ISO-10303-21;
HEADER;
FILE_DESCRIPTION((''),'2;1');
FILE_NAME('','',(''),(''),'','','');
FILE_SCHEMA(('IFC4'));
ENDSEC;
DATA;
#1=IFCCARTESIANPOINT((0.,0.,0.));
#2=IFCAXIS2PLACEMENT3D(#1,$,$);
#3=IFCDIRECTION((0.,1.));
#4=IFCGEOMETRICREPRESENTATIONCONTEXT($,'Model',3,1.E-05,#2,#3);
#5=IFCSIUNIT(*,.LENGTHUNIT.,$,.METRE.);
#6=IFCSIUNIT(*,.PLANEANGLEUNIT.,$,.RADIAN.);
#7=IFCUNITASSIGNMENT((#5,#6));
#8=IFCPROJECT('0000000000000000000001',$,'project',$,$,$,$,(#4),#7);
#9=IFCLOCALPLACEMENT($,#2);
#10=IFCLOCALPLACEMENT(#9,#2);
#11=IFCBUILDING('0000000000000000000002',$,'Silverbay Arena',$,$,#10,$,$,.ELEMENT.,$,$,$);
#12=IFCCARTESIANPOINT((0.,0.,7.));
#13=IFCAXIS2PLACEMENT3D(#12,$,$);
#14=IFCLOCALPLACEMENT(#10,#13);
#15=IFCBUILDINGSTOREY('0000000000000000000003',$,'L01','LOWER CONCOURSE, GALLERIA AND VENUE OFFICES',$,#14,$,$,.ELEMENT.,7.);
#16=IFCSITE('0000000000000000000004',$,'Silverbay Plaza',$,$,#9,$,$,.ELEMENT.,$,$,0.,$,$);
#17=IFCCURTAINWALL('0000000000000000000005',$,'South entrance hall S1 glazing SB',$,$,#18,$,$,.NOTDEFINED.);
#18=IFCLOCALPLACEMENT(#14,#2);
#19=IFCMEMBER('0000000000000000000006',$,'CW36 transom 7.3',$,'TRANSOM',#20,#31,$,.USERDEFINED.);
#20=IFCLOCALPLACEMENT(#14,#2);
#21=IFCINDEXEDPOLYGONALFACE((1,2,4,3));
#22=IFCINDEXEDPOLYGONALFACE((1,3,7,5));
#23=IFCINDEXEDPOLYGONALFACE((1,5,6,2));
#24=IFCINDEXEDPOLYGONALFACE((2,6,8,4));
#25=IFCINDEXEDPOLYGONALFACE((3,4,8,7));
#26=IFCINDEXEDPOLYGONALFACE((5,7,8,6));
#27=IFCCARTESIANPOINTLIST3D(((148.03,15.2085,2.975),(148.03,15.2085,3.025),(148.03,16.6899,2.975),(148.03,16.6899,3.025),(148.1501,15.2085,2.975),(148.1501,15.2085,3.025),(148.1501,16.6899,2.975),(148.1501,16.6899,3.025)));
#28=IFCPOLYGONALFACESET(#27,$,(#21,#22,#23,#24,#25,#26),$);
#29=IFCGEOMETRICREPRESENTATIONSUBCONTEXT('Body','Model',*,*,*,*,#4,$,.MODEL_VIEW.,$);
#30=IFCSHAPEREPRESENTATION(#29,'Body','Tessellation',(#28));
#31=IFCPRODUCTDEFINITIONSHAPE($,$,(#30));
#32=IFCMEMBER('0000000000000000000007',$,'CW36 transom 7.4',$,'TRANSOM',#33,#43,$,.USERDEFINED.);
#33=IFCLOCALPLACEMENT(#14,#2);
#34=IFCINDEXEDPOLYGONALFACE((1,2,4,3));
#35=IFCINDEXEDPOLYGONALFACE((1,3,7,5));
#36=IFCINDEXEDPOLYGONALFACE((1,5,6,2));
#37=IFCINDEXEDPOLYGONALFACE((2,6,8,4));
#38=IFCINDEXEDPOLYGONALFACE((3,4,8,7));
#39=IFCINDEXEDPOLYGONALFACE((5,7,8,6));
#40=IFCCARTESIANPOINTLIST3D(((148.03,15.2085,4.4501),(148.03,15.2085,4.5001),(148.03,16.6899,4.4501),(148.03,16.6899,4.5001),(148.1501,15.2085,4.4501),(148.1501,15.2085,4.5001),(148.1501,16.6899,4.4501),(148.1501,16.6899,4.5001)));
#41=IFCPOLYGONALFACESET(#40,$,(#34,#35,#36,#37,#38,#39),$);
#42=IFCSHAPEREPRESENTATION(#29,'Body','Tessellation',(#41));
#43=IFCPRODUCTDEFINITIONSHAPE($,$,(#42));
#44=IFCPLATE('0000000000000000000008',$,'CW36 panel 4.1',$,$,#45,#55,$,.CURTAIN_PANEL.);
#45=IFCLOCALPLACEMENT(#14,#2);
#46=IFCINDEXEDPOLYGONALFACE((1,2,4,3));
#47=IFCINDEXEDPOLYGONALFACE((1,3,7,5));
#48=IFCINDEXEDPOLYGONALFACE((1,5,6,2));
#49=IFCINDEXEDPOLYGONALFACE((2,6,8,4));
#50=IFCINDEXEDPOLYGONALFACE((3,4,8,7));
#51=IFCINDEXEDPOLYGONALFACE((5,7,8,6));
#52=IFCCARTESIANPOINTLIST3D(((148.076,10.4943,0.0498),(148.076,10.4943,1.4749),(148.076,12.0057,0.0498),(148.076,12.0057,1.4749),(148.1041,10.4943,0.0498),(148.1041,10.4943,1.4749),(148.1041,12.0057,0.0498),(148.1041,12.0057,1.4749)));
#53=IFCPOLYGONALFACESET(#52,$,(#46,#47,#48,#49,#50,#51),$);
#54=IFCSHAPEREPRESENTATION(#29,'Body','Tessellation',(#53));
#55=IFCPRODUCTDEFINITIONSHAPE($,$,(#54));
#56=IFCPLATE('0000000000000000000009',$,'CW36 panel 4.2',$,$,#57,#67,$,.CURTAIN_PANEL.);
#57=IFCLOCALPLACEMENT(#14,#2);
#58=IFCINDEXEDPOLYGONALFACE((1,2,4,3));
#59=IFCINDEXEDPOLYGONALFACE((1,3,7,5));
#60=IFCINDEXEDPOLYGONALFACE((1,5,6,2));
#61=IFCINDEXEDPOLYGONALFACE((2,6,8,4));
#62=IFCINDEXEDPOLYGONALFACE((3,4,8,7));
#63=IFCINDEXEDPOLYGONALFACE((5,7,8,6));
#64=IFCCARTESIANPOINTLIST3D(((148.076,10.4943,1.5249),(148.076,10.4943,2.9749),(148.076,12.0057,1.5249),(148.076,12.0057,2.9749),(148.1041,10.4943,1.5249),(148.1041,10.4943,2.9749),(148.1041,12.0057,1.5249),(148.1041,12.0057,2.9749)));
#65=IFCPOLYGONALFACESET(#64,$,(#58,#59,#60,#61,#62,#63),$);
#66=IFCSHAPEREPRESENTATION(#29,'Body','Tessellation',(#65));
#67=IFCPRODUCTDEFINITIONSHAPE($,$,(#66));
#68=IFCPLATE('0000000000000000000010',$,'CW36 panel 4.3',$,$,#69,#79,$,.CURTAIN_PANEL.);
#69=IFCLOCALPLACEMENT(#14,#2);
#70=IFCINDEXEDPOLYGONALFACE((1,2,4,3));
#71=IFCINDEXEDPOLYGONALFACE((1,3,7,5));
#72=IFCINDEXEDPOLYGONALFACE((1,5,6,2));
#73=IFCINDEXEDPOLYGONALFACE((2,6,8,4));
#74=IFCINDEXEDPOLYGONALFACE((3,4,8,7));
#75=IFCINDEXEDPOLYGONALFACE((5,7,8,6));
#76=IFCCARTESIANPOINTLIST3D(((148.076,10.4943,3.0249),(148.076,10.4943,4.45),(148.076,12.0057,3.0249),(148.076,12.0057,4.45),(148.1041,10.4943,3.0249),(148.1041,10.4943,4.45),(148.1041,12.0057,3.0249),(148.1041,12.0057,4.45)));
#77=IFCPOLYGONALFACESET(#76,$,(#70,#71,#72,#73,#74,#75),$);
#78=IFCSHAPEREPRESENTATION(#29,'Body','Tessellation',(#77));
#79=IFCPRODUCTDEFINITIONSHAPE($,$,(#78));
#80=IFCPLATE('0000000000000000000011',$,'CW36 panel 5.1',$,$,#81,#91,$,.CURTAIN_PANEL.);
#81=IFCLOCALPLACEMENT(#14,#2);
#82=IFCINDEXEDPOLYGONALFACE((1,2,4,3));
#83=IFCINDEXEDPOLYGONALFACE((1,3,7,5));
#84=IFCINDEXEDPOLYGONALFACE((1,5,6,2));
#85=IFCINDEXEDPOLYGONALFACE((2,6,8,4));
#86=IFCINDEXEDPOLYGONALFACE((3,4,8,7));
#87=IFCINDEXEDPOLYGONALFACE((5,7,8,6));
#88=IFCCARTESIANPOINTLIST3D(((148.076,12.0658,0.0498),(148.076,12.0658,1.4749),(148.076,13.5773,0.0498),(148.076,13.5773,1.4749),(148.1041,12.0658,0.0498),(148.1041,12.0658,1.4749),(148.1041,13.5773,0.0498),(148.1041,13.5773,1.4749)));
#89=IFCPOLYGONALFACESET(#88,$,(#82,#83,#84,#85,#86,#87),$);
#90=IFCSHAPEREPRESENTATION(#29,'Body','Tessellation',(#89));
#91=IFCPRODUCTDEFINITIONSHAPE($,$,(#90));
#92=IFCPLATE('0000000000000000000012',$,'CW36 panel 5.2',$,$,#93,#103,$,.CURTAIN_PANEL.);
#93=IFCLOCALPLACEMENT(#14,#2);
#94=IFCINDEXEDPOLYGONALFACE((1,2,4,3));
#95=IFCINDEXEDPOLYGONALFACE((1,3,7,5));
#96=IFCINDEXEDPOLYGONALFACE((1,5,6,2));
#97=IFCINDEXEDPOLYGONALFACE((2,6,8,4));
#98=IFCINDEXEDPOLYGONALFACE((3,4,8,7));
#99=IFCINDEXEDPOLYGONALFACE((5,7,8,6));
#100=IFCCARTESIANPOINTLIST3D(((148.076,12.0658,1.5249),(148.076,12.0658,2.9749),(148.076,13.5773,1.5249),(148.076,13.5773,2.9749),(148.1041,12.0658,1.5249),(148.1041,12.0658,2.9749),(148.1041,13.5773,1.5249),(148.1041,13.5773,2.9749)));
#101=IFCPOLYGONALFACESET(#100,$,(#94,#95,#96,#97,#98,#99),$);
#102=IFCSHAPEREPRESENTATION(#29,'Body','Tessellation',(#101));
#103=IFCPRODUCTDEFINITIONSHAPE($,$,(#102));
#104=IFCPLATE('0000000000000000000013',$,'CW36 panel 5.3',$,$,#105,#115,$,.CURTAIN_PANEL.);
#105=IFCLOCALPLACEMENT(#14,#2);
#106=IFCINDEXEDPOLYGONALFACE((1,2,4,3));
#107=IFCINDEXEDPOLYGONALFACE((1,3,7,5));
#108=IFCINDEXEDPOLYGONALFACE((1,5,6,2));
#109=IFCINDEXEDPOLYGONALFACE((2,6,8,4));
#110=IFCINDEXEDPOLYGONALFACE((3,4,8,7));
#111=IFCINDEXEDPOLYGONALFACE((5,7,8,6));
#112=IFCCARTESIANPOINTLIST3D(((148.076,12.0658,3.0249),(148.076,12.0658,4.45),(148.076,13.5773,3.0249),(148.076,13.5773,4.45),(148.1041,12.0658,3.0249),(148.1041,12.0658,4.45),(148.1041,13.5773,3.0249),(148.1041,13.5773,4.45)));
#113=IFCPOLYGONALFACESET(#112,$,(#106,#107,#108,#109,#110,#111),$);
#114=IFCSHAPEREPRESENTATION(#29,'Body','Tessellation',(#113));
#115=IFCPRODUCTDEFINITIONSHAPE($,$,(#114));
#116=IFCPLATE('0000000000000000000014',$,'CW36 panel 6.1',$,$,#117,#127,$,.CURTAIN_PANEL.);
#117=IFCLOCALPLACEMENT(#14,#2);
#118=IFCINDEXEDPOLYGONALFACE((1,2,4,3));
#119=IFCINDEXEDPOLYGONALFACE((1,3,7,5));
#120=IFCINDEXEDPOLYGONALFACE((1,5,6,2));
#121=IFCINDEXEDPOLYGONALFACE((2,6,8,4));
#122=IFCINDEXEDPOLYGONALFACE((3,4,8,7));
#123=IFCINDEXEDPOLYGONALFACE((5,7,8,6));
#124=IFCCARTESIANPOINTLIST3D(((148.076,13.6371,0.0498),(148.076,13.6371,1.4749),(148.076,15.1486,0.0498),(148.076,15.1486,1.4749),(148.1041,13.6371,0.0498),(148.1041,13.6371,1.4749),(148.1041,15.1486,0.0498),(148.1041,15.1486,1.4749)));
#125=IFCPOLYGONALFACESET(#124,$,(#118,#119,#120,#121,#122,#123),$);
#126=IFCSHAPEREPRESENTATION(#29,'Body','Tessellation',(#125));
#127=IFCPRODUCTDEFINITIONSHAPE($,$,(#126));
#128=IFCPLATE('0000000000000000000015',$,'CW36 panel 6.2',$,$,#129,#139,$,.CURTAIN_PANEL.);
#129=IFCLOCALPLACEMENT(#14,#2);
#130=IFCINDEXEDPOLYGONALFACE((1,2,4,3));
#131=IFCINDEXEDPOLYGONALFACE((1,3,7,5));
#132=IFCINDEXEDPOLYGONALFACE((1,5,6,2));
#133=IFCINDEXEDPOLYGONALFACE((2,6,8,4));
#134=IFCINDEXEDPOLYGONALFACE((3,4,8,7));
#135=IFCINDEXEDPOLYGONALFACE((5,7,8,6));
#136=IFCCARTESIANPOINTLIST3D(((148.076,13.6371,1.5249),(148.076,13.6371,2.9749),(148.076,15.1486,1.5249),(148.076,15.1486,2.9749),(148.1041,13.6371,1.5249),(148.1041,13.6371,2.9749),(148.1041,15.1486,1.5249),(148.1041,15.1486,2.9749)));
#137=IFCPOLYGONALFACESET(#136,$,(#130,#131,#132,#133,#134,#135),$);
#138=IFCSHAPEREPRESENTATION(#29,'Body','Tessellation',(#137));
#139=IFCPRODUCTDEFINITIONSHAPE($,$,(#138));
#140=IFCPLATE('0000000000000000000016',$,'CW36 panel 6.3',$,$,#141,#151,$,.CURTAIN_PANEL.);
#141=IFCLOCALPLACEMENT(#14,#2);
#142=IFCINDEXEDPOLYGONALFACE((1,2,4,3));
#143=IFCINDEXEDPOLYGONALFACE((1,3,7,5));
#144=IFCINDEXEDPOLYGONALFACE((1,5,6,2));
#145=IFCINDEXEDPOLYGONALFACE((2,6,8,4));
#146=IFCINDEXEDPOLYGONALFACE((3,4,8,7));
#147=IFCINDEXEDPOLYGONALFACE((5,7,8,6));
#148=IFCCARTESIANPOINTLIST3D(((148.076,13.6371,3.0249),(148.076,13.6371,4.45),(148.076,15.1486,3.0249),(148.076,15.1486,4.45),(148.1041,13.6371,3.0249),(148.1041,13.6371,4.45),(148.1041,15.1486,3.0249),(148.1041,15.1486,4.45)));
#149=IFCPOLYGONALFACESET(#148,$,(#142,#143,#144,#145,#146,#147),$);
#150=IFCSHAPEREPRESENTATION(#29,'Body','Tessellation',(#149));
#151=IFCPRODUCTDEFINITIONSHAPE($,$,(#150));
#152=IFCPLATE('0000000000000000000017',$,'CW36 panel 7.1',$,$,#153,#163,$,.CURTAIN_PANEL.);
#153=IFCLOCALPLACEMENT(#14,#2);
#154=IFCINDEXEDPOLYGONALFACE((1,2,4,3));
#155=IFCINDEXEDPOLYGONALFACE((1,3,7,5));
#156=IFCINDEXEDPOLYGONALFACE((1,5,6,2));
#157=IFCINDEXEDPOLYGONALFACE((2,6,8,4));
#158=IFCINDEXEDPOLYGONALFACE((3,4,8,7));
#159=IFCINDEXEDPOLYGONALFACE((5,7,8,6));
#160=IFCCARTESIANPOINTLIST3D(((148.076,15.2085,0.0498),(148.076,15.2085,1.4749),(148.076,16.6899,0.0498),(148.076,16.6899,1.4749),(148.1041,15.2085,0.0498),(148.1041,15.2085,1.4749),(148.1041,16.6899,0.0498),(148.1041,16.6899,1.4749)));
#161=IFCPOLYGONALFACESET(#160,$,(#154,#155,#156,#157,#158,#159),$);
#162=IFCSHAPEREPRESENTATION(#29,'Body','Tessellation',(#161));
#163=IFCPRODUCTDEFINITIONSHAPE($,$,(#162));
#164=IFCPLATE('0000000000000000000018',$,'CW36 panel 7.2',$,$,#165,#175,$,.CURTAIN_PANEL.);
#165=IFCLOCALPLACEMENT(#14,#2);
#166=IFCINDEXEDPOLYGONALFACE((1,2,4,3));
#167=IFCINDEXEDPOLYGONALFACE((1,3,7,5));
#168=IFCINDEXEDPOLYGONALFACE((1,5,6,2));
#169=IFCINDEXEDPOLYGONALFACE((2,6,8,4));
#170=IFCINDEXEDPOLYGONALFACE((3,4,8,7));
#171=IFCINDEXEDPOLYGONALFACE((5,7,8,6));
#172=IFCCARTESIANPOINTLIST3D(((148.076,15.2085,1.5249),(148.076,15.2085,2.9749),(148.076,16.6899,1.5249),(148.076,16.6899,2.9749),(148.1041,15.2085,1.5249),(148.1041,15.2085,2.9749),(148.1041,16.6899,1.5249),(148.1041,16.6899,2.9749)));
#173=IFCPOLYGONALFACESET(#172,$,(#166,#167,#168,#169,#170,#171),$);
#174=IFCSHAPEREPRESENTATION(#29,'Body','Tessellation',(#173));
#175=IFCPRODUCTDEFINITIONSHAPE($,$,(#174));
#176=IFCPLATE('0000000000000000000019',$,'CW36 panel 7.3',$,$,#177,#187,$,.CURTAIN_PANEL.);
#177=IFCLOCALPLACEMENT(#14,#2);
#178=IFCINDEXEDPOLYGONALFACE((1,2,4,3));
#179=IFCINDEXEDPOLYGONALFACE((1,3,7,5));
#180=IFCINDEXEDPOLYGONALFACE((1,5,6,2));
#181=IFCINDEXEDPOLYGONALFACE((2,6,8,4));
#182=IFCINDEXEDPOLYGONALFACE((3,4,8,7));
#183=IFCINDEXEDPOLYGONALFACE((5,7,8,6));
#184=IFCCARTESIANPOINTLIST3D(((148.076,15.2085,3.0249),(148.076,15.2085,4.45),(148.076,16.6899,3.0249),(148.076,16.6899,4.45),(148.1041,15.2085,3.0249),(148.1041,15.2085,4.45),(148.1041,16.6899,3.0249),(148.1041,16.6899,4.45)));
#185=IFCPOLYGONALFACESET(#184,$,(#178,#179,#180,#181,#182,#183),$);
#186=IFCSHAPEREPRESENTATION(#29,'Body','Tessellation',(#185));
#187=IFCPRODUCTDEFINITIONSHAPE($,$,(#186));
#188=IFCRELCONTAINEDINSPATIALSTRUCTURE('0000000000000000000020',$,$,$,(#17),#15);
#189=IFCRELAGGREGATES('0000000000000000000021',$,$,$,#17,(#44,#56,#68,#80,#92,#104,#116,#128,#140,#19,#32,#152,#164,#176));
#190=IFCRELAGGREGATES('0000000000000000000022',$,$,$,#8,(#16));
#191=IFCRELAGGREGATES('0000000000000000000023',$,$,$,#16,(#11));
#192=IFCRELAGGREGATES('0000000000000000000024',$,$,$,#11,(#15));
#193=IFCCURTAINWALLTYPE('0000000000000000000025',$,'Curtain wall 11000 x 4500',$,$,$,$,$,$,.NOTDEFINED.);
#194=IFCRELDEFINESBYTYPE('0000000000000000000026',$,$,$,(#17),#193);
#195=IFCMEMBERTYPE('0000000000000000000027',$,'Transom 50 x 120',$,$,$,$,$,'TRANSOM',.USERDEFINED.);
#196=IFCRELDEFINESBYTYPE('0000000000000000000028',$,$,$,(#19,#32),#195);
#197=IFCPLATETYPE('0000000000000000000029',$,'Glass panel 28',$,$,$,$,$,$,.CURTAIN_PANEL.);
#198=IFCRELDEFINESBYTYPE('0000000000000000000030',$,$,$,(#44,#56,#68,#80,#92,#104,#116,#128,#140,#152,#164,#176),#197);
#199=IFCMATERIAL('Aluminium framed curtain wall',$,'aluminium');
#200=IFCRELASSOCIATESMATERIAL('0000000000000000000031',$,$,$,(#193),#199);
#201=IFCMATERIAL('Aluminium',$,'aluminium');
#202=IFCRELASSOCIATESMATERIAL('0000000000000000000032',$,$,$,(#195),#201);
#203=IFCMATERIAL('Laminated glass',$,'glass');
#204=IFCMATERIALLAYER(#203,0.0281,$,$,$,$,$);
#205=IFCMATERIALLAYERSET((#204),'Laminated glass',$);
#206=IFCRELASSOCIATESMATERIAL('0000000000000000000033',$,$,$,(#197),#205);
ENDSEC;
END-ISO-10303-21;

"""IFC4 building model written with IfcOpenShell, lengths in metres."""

from ifc_helpers import new_model, si_unit, direction, frame, origin, origin_2d, place, context, subcontext, project, spatial, rectangle, extrude, material, layer, layer_set, material_profile, profile_set, type_object, element, aggregate, save


model = new_model("IFC4")

# Units and contexts
model_context = context("Model", 3, precision=1e-05, world=origin(), true_north=direction((0.0, 1.0)))
body_context = subcontext(model_context, "Body", "Model", "MODEL_VIEW")
ifc_project = project(units=[si_unit("LENGTHUNIT", "METRE"), si_unit("PLANEANGLEUNIT", "RADIAN")], contexts=[model_context])

# Site, building, storey
site_placement = place(None, origin())
site = spatial("IfcSite", under=ifc_project, at=site_placement, Name="Silverbay Plaza", CompositionType="ELEMENT", RefElevation=0.0)
building_placement = place(site_placement, origin())
building = spatial("IfcBuilding", under=site, at=building_placement, Name="Silverbay Arena", CompositionType="ELEMENT")
storey_placement = place(building_placement, frame((0.0, 0.0, 7.0)))
storey = spatial("IfcBuildingStorey", under=building, at=storey_placement, Name="L01", Description="LOWER CONCOURSE, GALLERIA AND VENUE OFFICES", CompositionType="ELEMENT", Elevation=7.0)

# Curtain wall, members, plates
ifc_material_1 = material(Name="Aluminium framed curtain wall", Category="aluminium")
curtain_wall_type_1 = type_object("IfcCurtainWallType", Name="Curtain wall 11000 x 4500", PredefinedType="NOTDEFINED", material=ifc_material_1)
curtain_wall_1_placement = place(storey_placement, origin())
curtain_wall_1 = element("IfcCurtainWall", 1, at=curtain_wall_1_placement, inside=storey, type_object=curtain_wall_type_1, Name="South entrance hall S1 glazing SB", PredefinedType="NOTDEFINED")
ifc_material_2 = material(Name="Aluminium", Category="aluminium")
ifc_material_profile_1 = material_profile(ifc_material_2, rectangle(XDim=0.1201, YDim=0.05, at=origin_2d()), Name="Transom 50 x 120")
ifc_profile_set_1 = profile_set([ifc_material_profile_1], Name="Aluminium")
member_type_1 = type_object("IfcMemberType", Name="Transom 50 x 120", ElementType="TRANSOM", PredefinedType="USERDEFINED", material=ifc_profile_set_1)
member_1_placement = place(storey_placement, frame((148.0901, 15.2085, 3.0), z_axis=(0.0, 1.0, 0.0), x_axis=(-1.0, 0.0, 0.0)))
member_1 = element("IfcMember", 2, at=member_1_placement, type_object=member_type_1, Name="CW36 transom 7.3", ObjectType="TRANSOM", PredefinedType="USERDEFINED", context=body_context, shape_type="SweptSolid", body=[
    extrude(rectangle(XDim=0.1201, YDim=0.05, at=origin_2d()), origin(), (0.0, 0.0, 1.0), 1.4814),
])
member_2_placement = place(storey_placement, frame((148.0901, 15.2085, 4.4751), z_axis=(0.0, 1.0, 0.0), x_axis=(-1.0, 0.0, 0.0)))
member_2 = element("IfcMember", 3, at=member_2_placement, type_object=member_type_1, Name="CW36 transom 7.4", ObjectType="TRANSOM", PredefinedType="USERDEFINED", context=body_context, shape_type="SweptSolid", body=[
    extrude(rectangle(XDim=0.1201, YDim=0.05, at=origin_2d()), origin(), (0.0, 0.0, 1.0), 1.4814),
])
ifc_material_3 = material(Name="Laminated glass", Category="glass")
ifc_layer = layer(ifc_material_3, 0.0281)
ifc_layer_set = layer_set([ifc_layer], Name="Laminated glass")
plate_type = type_object("IfcPlateType", Name="Glass panel 28", PredefinedType="CURTAIN_PANEL", material=ifc_layer_set)
plate_1_placement = place(storey_placement, frame((148.0901, 11.25, 0.0498), z_axis=(0.0, 0.0, 1.0), x_axis=(0.0, 1.0, 0.0)))
plate_1 = element("IfcPlate", 4, at=plate_1_placement, type_object=plate_type, Name="CW36 panel 4.1", PredefinedType="CURTAIN_PANEL", context=body_context, shape_type="SweptSolid", body=[
    extrude(rectangle(XDim=1.5115, YDim=0.0281, at=origin_2d()), origin(), (0.0, 0.0, 1.0), 1.425),
])
plate_2_placement = place(storey_placement, frame((148.0901, 11.25, 1.5249), z_axis=(0.0, 0.0, 1.0), x_axis=(0.0, 1.0, 0.0)))
plate_2 = element("IfcPlate", 5, at=plate_2_placement, type_object=plate_type, Name="CW36 panel 4.2", PredefinedType="CURTAIN_PANEL", context=body_context, shape_type="SweptSolid", body=[
    extrude(rectangle(XDim=1.5115, YDim=0.0281, at=origin_2d()), origin(), (0.0, 0.0, 1.0), 1.45),
])
plate_3_placement = place(storey_placement, frame((148.0901, 11.25, 3.0249), z_axis=(0.0, 0.0, 1.0), x_axis=(0.0, 1.0, 0.0)))
plate_3 = element("IfcPlate", 6, at=plate_3_placement, type_object=plate_type, Name="CW36 panel 4.3", PredefinedType="CURTAIN_PANEL", context=body_context, shape_type="SweptSolid", body=[
    extrude(rectangle(XDim=1.5115, YDim=0.0281, at=origin_2d()), origin(), (0.0, 0.0, 1.0), 1.425),
])
plate_4_placement = place(storey_placement, frame((148.0901, 12.8215, 0.0498), z_axis=(0.0, 0.0, 1.0), x_axis=(0.0, 1.0, 0.0)))
plate_4 = element("IfcPlate", 7, at=plate_4_placement, type_object=plate_type, Name="CW36 panel 5.1", PredefinedType="CURTAIN_PANEL", context=body_context, shape_type="SweptSolid", body=[
    extrude(rectangle(XDim=1.5115, YDim=0.0281, at=origin_2d()), origin(), (0.0, 0.0, 1.0), 1.425),
])
plate_5_placement = place(storey_placement, frame((148.0901, 12.8215, 1.5249), z_axis=(0.0, 0.0, 1.0), x_axis=(0.0, 1.0, 0.0)))
plate_5 = element("IfcPlate", 8, at=plate_5_placement, type_object=plate_type, Name="CW36 panel 5.2", PredefinedType="CURTAIN_PANEL", context=body_context, shape_type="SweptSolid", body=[
    extrude(rectangle(XDim=1.5115, YDim=0.0281, at=origin_2d()), origin(), (0.0, 0.0, 1.0), 1.45),
])
plate_6_placement = place(storey_placement, frame((148.0901, 12.8215, 3.0249), z_axis=(0.0, 0.0, 1.0), x_axis=(0.0, 1.0, 0.0)))
plate_6 = element("IfcPlate", 9, at=plate_6_placement, type_object=plate_type, Name="CW36 panel 5.3", PredefinedType="CURTAIN_PANEL", context=body_context, shape_type="SweptSolid", body=[
    extrude(rectangle(XDim=1.5115, YDim=0.0281, at=origin_2d()), origin(), (0.0, 0.0, 1.0), 1.425),
])
plate_7_placement = place(storey_placement, frame((148.0901, 14.3928, 0.0498), z_axis=(0.0, 0.0, 1.0), x_axis=(0.0, 1.0, 0.0)))
plate_7 = element("IfcPlate", 10, at=plate_7_placement, type_object=plate_type, Name="CW36 panel 6.1", PredefinedType="CURTAIN_PANEL", context=body_context, shape_type="SweptSolid", body=[
    extrude(rectangle(XDim=1.5115, YDim=0.0281, at=origin_2d()), origin(), (0.0, 0.0, 1.0), 1.425),
])
plate_8_placement = place(storey_placement, frame((148.0901, 14.3928, 1.5249), z_axis=(0.0, 0.0, 1.0), x_axis=(0.0, 1.0, 0.0)))
plate_8 = element("IfcPlate", 11, at=plate_8_placement, type_object=plate_type, Name="CW36 panel 6.2", PredefinedType="CURTAIN_PANEL", context=body_context, shape_type="SweptSolid", body=[
    extrude(rectangle(XDim=1.5115, YDim=0.0281, at=origin_2d()), origin(), (0.0, 0.0, 1.0), 1.45),
])
plate_9_placement = place(storey_placement, frame((148.0901, 14.3928, 3.0249), z_axis=(0.0, 0.0, 1.0), x_axis=(0.0, 1.0, 0.0)))
plate_9 = element("IfcPlate", 12, at=plate_9_placement, type_object=plate_type, Name="CW36 panel 6.3", PredefinedType="CURTAIN_PANEL", context=body_context, shape_type="SweptSolid", body=[
    extrude(rectangle(XDim=1.5115, YDim=0.0281, at=origin_2d()), origin(), (0.0, 0.0, 1.0), 1.425),
])
plate_10_placement = place(storey_placement, frame((148.0901, 15.9492, 0.0498), z_axis=(0.0, 0.0, 1.0), x_axis=(0.0, 1.0, 0.0)))
plate_10 = element("IfcPlate", 13, at=plate_10_placement, type_object=plate_type, Name="CW36 panel 7.1", PredefinedType="CURTAIN_PANEL", context=body_context, shape_type="SweptSolid", body=[
    extrude(rectangle(XDim=1.4814, YDim=0.0281, at=origin_2d()), origin(), (0.0, 0.0, 1.0), 1.425),
])
plate_11_placement = place(storey_placement, frame((148.0901, 15.9492, 1.5249), z_axis=(0.0, 0.0, 1.0), x_axis=(0.0, 1.0, 0.0)))
plate_11 = element("IfcPlate", 14, at=plate_11_placement, type_object=plate_type, Name="CW36 panel 7.2", PredefinedType="CURTAIN_PANEL", context=body_context, shape_type="SweptSolid", body=[
    extrude(rectangle(XDim=1.4814, YDim=0.0281, at=origin_2d()), origin(), (0.0, 0.0, 1.0), 1.45),
])
plate_12_placement = place(storey_placement, frame((148.0901, 15.9492, 3.0249), z_axis=(0.0, 0.0, 1.0), x_axis=(0.0, 1.0, 0.0)))
plate_12 = element("IfcPlate", 15, at=plate_12_placement, type_object=plate_type, Name="CW36 panel 7.3", PredefinedType="CURTAIN_PANEL", context=body_context, shape_type="SweptSolid", body=[
    extrude(rectangle(XDim=1.4814, YDim=0.0281, at=origin_2d()), origin(), (0.0, 0.0, 1.0), 1.425),
])
aggregate(curtain_wall_1, [plate_1, plate_2, plate_3, plate_4, plate_5, plate_6, plate_7, plate_8, plate_9, member_1, member_2, plate_10, plate_11, plate_12])

save(model, "model.ifc")
